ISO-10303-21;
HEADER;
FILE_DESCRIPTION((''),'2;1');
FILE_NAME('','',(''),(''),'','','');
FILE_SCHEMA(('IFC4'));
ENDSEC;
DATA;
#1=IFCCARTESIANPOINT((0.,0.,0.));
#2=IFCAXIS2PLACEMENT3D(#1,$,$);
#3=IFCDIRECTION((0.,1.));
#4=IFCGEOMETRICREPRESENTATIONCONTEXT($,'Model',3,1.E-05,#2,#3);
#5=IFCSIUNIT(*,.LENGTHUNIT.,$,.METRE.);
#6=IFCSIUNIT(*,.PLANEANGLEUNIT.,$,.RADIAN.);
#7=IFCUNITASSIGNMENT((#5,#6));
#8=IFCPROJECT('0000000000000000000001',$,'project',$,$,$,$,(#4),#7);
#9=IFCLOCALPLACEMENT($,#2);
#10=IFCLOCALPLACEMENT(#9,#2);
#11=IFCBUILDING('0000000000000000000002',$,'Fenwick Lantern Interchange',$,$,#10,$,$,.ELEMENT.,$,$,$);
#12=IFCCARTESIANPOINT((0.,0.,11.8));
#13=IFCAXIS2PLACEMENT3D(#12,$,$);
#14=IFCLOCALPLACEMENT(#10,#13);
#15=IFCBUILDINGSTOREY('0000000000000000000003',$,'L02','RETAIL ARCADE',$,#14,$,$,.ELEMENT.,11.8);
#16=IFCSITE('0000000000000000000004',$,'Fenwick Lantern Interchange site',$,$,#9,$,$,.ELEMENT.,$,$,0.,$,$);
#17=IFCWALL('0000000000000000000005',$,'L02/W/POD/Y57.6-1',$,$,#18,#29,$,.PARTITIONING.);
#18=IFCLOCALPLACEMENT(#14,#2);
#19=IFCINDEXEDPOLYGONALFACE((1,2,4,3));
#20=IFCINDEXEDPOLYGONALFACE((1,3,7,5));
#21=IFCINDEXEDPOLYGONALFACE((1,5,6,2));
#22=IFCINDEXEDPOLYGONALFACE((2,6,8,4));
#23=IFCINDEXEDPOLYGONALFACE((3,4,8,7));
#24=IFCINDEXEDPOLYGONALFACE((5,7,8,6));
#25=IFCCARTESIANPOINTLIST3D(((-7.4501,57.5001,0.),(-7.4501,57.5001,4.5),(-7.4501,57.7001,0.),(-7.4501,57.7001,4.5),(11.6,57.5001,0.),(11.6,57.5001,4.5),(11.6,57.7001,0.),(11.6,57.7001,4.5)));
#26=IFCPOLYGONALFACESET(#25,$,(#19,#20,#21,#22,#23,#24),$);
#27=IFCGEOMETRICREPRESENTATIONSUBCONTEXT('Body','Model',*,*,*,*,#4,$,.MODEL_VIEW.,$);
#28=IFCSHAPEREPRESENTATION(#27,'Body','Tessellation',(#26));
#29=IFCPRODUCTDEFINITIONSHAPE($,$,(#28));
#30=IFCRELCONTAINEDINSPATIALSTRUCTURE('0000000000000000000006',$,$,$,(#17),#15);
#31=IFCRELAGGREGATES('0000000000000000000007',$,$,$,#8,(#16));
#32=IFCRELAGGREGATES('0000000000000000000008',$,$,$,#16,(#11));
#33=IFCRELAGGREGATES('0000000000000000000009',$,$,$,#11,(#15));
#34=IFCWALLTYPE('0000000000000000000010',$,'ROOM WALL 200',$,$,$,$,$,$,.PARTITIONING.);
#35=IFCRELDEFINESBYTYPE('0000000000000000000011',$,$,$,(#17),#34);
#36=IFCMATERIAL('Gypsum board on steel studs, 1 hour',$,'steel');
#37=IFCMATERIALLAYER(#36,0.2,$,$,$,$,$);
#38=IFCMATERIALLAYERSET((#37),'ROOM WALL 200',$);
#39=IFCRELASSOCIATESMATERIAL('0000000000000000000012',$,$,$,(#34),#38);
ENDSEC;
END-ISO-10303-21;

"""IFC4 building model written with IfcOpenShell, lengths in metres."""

from ifc_helpers import new_model, si_unit, direction, frame, frame_2d, origin, place, context, subcontext, project, spatial, rectangle, extrude, material, layer, layer_set, type_object, element, save


model = new_model("IFC4")

# Units and contexts
model_context = context("Model", 3, precision=1e-05, world=origin(), true_north=direction((0.0, 1.0)))
body_context = subcontext(model_context, "Body", "Model", "MODEL_VIEW")
ifc_project = project(units=[si_unit("LENGTHUNIT", "METRE"), si_unit("PLANEANGLEUNIT", "RADIAN")], contexts=[model_context])

# Site, building, storey
site_placement = place(None, origin())
site = spatial("IfcSite", under=ifc_project, at=site_placement, Name="Fenwick Lantern Interchange site", CompositionType="ELEMENT", RefElevation=0.0)
building_placement = place(site_placement, origin())
building = spatial("IfcBuilding", under=site, at=building_placement, Name="Fenwick Lantern Interchange", CompositionType="ELEMENT")
storey_placement = place(building_placement, frame((0.0, 0.0, 11.8)))
storey = spatial("IfcBuildingStorey", under=building, at=storey_placement, Name="L02", Description="RETAIL ARCADE", CompositionType="ELEMENT", Elevation=11.8)

# Wall
ifc_material_1 = material(Name="Gypsum board on steel studs, 1 hour", Category="steel")
ifc_layer_1 = layer(ifc_material_1, 0.2)
ifc_layer_set_1 = layer_set([ifc_layer_1], Name="ROOM WALL 200")
wall_type_1 = type_object("IfcWallType", Name="ROOM WALL 200", PredefinedType="PARTITIONING", material=ifc_layer_set_1)
wall_1_placement = place(storey_placement, frame((-7.45, 57.6001, 0.0), z_axis=(0.0, 0.0, 1.0), x_axis=(1.0, 0.0, 0.0)))
element("IfcWall", 1, at=wall_1_placement, inside=storey, type_object=wall_type_1, Name="L02/W/POD/Y57.6-1", PredefinedType="PARTITIONING", context=body_context, shape_type="SweptSolid", body=[
    extrude(rectangle(XDim=19.05, YDim=0.2, at=frame_2d((9.5249, 0.0))), origin(), (0.0, 0.0, 1.0), 4.5),
])

save(model, "model.ifc")
